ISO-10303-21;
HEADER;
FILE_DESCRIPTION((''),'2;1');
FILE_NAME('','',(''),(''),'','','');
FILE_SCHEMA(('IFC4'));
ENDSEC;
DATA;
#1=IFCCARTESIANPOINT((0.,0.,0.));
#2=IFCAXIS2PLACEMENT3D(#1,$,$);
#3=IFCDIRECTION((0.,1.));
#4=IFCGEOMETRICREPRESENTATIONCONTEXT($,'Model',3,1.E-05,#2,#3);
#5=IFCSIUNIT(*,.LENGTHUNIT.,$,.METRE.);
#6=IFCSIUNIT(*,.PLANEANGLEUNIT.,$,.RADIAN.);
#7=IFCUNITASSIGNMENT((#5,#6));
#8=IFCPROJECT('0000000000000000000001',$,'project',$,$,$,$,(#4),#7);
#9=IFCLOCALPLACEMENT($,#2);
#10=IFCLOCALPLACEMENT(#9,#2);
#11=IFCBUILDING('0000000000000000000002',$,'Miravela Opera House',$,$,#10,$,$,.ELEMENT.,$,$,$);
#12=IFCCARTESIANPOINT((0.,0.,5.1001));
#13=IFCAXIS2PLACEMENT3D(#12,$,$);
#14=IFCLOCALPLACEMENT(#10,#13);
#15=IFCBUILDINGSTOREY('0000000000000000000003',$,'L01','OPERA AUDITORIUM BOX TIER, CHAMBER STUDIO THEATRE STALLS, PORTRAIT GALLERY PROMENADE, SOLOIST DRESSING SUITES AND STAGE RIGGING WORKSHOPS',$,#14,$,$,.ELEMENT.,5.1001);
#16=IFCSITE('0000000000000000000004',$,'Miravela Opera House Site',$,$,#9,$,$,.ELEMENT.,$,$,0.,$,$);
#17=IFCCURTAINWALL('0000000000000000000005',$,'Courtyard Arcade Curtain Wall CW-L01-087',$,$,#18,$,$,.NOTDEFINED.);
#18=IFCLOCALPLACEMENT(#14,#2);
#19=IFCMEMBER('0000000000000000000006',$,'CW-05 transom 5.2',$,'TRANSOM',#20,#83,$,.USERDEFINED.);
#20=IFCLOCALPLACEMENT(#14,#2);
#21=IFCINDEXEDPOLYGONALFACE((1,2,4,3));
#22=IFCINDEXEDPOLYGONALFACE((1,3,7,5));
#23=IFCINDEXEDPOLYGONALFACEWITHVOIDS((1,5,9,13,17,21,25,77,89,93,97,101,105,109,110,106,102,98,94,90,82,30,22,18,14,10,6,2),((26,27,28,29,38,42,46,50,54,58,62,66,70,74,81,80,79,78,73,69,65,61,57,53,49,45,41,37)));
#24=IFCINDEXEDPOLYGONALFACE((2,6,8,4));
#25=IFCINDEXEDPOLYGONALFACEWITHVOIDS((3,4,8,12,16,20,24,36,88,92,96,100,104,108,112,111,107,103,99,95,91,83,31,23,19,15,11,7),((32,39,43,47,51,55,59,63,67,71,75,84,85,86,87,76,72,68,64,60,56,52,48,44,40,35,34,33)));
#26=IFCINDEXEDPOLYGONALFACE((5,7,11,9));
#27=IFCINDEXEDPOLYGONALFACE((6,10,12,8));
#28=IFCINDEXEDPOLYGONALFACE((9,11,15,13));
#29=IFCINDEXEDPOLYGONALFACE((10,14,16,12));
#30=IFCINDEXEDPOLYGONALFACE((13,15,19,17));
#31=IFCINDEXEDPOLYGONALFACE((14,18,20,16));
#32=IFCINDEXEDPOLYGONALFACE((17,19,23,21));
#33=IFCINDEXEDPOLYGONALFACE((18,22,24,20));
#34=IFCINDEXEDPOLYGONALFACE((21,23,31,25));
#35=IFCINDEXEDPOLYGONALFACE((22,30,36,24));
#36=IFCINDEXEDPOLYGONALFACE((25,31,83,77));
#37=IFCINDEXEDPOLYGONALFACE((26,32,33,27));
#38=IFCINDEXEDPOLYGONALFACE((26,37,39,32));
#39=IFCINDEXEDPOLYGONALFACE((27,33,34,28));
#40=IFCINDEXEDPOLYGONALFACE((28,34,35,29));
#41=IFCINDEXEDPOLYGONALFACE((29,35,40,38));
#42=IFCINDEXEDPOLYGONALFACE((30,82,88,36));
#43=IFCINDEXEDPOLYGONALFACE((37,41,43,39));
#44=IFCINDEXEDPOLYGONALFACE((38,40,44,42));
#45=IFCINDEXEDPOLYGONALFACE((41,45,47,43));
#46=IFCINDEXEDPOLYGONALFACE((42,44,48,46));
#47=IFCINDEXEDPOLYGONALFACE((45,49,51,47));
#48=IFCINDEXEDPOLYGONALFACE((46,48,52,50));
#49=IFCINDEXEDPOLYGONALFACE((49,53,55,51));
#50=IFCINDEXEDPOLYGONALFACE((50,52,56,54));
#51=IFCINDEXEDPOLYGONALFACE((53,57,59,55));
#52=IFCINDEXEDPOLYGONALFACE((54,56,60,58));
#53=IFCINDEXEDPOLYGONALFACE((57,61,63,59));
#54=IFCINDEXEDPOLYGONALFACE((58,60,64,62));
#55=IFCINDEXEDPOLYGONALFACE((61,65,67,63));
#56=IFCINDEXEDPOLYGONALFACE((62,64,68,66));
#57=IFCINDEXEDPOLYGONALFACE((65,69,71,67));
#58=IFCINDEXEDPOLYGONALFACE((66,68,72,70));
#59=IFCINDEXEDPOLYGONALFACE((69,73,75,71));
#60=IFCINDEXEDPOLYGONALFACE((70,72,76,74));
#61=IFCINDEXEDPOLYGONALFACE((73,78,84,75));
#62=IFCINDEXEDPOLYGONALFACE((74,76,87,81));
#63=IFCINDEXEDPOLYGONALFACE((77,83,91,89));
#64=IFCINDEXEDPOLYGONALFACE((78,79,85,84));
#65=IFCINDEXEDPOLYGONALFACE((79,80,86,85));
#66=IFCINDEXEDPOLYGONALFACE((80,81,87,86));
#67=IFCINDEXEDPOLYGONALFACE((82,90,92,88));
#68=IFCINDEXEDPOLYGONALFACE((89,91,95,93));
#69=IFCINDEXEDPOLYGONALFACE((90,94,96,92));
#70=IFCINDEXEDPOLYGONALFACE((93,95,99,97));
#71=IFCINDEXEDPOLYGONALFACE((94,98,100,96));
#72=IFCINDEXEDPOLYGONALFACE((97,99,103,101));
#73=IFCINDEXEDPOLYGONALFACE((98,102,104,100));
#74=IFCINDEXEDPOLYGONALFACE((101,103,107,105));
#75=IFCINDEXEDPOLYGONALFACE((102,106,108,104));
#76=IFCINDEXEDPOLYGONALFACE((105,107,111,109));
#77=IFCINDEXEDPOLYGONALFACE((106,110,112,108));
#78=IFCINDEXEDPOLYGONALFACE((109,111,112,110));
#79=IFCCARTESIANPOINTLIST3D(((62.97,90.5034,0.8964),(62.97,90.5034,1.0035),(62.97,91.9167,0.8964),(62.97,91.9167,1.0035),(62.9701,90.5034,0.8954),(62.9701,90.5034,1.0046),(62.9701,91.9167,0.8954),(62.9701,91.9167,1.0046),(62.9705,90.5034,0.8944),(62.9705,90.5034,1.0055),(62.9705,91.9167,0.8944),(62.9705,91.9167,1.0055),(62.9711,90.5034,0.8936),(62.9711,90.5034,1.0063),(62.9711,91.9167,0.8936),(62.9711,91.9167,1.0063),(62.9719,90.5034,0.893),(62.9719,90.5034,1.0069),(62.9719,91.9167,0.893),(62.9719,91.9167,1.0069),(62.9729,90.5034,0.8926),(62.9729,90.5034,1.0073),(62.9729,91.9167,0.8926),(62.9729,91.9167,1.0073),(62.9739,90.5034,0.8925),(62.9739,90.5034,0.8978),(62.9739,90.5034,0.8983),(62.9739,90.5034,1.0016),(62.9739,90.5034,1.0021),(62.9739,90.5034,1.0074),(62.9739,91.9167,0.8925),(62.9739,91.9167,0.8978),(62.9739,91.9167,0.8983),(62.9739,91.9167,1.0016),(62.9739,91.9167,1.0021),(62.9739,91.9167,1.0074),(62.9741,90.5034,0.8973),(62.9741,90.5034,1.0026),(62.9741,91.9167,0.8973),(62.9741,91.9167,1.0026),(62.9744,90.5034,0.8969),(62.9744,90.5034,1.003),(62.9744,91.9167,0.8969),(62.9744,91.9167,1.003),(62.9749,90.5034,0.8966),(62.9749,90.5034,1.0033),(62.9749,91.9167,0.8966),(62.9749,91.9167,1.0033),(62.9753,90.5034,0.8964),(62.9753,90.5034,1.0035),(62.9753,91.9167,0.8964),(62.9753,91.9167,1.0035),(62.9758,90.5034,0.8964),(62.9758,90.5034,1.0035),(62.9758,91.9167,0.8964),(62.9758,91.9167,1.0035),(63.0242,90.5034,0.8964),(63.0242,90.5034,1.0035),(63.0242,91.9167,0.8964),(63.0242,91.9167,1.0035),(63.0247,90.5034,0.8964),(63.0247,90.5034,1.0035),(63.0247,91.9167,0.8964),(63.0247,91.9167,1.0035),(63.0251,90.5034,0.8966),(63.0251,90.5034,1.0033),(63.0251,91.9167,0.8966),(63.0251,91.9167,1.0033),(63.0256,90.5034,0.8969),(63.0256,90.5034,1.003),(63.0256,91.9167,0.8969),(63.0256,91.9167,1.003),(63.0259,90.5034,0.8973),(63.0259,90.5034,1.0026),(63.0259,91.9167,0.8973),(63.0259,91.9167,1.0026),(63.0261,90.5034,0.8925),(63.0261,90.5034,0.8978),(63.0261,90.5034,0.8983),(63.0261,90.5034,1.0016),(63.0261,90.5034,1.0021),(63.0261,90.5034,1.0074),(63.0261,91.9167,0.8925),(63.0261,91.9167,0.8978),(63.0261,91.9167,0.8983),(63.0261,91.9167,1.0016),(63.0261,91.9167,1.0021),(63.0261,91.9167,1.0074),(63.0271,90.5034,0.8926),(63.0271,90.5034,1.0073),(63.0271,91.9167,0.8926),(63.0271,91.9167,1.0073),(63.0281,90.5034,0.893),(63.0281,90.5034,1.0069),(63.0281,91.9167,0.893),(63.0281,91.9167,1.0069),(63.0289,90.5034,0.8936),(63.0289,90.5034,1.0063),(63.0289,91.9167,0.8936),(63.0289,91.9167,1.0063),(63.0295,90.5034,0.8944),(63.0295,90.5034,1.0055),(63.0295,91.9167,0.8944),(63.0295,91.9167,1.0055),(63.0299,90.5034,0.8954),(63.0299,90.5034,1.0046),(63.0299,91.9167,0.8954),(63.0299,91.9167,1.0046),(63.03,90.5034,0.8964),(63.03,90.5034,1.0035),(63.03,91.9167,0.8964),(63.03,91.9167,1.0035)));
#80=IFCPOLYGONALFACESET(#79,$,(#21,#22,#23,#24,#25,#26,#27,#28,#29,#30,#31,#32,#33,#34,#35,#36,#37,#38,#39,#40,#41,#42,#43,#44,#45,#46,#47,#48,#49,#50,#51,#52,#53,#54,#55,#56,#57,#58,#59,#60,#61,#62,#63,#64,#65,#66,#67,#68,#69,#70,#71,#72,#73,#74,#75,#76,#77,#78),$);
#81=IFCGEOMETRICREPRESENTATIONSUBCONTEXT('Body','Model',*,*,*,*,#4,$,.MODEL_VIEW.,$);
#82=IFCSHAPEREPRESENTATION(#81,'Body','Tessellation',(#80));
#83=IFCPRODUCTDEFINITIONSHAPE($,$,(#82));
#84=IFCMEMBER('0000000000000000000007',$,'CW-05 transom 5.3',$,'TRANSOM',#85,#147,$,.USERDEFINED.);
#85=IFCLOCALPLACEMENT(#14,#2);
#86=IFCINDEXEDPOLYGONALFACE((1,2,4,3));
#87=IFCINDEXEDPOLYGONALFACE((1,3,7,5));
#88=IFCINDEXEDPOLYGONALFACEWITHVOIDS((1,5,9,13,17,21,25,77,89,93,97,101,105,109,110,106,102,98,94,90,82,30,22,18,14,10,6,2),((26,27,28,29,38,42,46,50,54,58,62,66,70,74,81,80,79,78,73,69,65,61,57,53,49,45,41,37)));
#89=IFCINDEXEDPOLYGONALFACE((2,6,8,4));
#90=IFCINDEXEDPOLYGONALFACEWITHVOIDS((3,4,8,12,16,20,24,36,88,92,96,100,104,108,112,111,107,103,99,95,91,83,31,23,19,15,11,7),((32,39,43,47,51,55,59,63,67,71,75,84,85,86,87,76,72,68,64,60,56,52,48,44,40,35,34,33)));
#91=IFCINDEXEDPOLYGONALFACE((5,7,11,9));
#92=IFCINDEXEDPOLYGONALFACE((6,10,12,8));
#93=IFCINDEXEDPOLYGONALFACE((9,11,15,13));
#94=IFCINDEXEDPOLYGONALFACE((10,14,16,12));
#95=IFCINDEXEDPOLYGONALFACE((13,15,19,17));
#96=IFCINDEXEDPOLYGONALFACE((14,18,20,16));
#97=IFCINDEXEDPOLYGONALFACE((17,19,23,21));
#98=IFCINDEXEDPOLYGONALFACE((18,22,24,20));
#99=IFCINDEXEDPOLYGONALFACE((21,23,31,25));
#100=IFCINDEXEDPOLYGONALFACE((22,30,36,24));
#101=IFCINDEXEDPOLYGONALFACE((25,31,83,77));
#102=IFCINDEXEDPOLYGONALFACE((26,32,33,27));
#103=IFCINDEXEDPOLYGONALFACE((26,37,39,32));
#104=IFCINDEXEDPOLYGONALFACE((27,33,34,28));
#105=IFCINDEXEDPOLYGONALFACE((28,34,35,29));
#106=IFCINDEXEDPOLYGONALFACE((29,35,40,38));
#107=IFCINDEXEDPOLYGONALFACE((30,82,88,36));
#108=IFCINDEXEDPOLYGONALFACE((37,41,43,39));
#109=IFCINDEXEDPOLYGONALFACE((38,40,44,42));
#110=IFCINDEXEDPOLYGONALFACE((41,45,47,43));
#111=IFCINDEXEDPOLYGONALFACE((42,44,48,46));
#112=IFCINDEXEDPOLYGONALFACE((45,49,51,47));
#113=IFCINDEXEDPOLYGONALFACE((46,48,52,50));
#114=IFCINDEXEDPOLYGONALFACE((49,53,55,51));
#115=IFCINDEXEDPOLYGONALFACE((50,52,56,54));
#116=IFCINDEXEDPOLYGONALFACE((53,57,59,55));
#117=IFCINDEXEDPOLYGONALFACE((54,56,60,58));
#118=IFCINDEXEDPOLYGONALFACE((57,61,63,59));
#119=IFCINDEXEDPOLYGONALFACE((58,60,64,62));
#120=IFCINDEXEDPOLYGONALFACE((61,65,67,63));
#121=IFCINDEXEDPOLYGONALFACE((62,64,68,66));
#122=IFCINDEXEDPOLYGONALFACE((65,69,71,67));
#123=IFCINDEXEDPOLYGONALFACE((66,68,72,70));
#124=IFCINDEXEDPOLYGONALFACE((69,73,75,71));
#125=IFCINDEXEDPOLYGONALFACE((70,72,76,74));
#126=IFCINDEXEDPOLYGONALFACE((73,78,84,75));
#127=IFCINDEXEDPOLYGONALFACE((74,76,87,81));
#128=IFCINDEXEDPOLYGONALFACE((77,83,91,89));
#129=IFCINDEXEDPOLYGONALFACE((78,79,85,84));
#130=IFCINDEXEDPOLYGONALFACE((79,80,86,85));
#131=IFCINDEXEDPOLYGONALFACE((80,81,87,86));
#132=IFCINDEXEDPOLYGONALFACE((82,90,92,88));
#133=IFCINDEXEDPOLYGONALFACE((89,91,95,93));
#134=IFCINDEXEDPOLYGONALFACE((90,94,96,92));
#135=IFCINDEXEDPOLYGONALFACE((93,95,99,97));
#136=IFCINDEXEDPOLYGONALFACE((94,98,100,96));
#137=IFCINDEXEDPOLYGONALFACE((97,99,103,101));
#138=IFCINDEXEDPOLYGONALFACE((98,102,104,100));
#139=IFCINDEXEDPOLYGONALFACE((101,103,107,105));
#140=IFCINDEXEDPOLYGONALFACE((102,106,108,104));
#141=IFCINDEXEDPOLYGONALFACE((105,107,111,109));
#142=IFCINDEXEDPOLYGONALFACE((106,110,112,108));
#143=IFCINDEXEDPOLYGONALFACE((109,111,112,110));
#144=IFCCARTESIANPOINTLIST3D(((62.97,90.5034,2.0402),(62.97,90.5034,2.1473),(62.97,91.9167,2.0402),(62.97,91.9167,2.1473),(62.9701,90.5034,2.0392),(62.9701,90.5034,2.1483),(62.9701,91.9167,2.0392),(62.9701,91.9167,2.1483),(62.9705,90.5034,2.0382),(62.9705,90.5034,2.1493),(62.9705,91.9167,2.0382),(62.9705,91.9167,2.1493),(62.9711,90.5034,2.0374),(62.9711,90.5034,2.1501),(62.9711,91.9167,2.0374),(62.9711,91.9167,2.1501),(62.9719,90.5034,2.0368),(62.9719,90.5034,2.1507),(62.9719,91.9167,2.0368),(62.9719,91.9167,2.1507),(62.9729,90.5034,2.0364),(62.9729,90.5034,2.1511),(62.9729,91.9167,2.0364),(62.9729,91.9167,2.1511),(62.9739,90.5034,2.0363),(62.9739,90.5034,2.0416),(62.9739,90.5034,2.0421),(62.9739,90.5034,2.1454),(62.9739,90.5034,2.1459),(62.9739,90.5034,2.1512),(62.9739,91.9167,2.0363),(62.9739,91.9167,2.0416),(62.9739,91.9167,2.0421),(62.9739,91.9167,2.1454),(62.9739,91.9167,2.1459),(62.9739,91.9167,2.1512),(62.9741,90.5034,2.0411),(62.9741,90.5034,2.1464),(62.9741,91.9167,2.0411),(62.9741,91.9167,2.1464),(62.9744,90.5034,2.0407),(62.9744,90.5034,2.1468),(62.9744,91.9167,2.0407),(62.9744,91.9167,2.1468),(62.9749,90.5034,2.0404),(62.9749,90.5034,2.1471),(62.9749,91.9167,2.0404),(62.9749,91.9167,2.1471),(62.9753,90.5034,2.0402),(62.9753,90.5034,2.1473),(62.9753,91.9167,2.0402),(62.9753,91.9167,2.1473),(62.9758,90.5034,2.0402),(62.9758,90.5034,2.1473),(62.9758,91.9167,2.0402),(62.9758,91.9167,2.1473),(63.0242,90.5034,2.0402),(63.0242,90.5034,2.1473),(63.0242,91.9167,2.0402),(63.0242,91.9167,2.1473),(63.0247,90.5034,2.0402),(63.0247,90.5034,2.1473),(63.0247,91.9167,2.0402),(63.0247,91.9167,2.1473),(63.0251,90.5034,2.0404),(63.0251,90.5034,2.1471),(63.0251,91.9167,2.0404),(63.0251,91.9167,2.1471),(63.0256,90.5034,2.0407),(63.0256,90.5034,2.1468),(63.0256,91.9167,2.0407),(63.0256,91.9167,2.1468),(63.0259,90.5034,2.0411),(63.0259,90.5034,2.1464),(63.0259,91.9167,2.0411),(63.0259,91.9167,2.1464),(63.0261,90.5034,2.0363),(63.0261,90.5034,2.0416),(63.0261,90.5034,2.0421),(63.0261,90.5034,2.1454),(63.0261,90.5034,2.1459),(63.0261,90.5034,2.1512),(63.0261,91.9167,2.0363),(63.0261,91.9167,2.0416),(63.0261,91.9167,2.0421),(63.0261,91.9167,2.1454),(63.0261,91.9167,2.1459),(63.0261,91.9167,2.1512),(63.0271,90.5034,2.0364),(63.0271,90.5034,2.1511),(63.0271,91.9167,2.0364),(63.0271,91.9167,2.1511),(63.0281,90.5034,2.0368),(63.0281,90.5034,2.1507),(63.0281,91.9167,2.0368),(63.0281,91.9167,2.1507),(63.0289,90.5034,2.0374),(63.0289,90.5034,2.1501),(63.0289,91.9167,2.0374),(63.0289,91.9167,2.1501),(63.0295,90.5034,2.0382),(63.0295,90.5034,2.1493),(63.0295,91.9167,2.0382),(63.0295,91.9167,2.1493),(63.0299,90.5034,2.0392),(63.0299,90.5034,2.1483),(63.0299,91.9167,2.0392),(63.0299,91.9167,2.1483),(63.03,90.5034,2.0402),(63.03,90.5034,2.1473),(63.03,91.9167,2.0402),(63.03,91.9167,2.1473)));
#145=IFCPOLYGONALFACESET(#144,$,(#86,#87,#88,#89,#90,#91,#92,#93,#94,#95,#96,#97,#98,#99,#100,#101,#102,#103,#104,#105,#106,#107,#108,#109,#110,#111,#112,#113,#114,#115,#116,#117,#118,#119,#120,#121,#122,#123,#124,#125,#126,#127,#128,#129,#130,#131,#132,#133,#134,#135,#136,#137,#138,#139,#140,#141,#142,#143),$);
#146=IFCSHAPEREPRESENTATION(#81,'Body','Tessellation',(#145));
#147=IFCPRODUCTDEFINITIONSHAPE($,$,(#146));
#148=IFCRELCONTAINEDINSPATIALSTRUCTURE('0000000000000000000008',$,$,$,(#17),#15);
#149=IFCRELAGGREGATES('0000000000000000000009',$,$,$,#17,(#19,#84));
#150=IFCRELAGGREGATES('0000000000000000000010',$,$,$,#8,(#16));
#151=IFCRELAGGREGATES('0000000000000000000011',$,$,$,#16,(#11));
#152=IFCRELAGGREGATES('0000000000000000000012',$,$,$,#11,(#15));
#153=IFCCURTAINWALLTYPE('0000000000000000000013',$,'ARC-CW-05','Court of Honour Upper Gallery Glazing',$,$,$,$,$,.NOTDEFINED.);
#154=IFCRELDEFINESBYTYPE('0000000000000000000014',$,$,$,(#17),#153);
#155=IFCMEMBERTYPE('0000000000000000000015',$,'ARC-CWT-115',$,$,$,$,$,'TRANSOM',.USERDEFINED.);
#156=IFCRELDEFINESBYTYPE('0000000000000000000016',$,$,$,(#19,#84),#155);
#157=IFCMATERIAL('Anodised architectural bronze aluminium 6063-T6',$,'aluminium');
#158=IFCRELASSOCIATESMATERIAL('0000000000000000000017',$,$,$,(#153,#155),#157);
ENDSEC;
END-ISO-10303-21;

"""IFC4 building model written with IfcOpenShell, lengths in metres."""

from ifc_helpers import new_model, si_unit, direction, frame, origin, origin_2d, place, context, subcontext, project, spatial, hollow_rectangle, extrude, material, material_profile, profile_set, type_object, element, aggregate, save


model = new_model("IFC4")

# Units and contexts
model_context = context("Model", 3, precision=1e-05, world=origin(), true_north=direction((0.0, 1.0)))
body_context = subcontext(model_context, "Body", "Model", "MODEL_VIEW")
ifc_project = project(units=[si_unit("LENGTHUNIT", "METRE"), si_unit("PLANEANGLEUNIT", "RADIAN")], contexts=[model_context])

# Site, building, storey
site_placement = place(None, origin())
site = spatial("IfcSite", under=ifc_project, at=site_placement, Name="Miravela Opera House Site", CompositionType="ELEMENT", RefElevation=0.0)
building_placement = place(site_placement, origin())
building = spatial("IfcBuilding", under=site, at=building_placement, Name="Miravela Opera House", CompositionType="ELEMENT")
storey_placement = place(building_placement, frame((0.0, 0.0, 5.1001)))
storey = spatial("IfcBuildingStorey", under=building, at=storey_placement, Name="L01", Description="OPERA AUDITORIUM BOX TIER, CHAMBER STUDIO THEATRE STALLS, PORTRAIT GALLERY PROMENADE, SOLOIST DRESSING SUITES AND STAGE RIGGING WORKSHOPS", CompositionType="ELEMENT", Elevation=5.1001)

# Curtain wall, members
ifc_material_1 = material(Name="Anodised architectural bronze aluminium 6063-T6", Category="aluminium")
curtain_wall_type = type_object("IfcCurtainWallType", Name="ARC-CW-05", Description="Court of Honour Upper Gallery Glazing", PredefinedType="NOTDEFINED", material=ifc_material_1)
curtain_wall_placement = place(storey_placement, origin())
curtain_wall = element("IfcCurtainWall", 1, at=curtain_wall_placement, inside=storey, type_object=curtain_wall_type, Name="Courtyard Arcade Curtain Wall CW-L01-087", PredefinedType="NOTDEFINED")
ifc_material_profile_1 = material_profile(ifc_material_1, hollow_rectangle(XDim=0.0601, YDim=0.115, WallThickness=0.0039, InnerFilletRadius=0.002, OuterFilletRadius=0.0039, at=origin_2d()), Name="CWT-60X115")
ifc_profile_set_1 = profile_set([ifc_material_profile_1])
member_type_1 = type_object("IfcMemberType", Name="ARC-CWT-115", ElementType="TRANSOM", PredefinedType="USERDEFINED", material=ifc_profile_set_1)
member_1_placement = place(storey_placement, frame((63.0, 90.5034, 0.95), z_axis=(0.0, 1.0, 0.0), x_axis=(-1.0, 0.0, 0.0)))
member_1 = element("IfcMember", 2, at=member_1_placement, type_object=member_type_1, Name="CW-05 transom 5.2", ObjectType="TRANSOM", PredefinedType="USERDEFINED", context=body_context, shape_type="SweptSolid", body=[
    extrude(hollow_rectangle(XDim=0.0601, YDim=0.115, WallThickness=0.0039, InnerFilletRadius=0.002, OuterFilletRadius=0.0039, at=origin_2d()), origin(), (0.0, 0.0, 1.0), 1.4133),
])
member_2_placement = place(storey_placement, frame((63.0, 90.5034, 2.0938), z_axis=(0.0, 1.0, 0.0), x_axis=(-1.0, 0.0, 0.0)))
member_2 = element("IfcMember", 3, at=member_2_placement, type_object=member_type_1, Name="CW-05 transom 5.3", ObjectType="TRANSOM", PredefinedType="USERDEFINED", context=body_context, shape_type="SweptSolid", body=[
    extrude(hollow_rectangle(XDim=0.0601, YDim=0.115, WallThickness=0.0039, InnerFilletRadius=0.002, OuterFilletRadius=0.0039, at=origin_2d()), origin(), (0.0, 0.0, 1.0), 1.4133),
])

aggregate(curtain_wall, [member_1, member_2])

save(model, "model.ifc")
